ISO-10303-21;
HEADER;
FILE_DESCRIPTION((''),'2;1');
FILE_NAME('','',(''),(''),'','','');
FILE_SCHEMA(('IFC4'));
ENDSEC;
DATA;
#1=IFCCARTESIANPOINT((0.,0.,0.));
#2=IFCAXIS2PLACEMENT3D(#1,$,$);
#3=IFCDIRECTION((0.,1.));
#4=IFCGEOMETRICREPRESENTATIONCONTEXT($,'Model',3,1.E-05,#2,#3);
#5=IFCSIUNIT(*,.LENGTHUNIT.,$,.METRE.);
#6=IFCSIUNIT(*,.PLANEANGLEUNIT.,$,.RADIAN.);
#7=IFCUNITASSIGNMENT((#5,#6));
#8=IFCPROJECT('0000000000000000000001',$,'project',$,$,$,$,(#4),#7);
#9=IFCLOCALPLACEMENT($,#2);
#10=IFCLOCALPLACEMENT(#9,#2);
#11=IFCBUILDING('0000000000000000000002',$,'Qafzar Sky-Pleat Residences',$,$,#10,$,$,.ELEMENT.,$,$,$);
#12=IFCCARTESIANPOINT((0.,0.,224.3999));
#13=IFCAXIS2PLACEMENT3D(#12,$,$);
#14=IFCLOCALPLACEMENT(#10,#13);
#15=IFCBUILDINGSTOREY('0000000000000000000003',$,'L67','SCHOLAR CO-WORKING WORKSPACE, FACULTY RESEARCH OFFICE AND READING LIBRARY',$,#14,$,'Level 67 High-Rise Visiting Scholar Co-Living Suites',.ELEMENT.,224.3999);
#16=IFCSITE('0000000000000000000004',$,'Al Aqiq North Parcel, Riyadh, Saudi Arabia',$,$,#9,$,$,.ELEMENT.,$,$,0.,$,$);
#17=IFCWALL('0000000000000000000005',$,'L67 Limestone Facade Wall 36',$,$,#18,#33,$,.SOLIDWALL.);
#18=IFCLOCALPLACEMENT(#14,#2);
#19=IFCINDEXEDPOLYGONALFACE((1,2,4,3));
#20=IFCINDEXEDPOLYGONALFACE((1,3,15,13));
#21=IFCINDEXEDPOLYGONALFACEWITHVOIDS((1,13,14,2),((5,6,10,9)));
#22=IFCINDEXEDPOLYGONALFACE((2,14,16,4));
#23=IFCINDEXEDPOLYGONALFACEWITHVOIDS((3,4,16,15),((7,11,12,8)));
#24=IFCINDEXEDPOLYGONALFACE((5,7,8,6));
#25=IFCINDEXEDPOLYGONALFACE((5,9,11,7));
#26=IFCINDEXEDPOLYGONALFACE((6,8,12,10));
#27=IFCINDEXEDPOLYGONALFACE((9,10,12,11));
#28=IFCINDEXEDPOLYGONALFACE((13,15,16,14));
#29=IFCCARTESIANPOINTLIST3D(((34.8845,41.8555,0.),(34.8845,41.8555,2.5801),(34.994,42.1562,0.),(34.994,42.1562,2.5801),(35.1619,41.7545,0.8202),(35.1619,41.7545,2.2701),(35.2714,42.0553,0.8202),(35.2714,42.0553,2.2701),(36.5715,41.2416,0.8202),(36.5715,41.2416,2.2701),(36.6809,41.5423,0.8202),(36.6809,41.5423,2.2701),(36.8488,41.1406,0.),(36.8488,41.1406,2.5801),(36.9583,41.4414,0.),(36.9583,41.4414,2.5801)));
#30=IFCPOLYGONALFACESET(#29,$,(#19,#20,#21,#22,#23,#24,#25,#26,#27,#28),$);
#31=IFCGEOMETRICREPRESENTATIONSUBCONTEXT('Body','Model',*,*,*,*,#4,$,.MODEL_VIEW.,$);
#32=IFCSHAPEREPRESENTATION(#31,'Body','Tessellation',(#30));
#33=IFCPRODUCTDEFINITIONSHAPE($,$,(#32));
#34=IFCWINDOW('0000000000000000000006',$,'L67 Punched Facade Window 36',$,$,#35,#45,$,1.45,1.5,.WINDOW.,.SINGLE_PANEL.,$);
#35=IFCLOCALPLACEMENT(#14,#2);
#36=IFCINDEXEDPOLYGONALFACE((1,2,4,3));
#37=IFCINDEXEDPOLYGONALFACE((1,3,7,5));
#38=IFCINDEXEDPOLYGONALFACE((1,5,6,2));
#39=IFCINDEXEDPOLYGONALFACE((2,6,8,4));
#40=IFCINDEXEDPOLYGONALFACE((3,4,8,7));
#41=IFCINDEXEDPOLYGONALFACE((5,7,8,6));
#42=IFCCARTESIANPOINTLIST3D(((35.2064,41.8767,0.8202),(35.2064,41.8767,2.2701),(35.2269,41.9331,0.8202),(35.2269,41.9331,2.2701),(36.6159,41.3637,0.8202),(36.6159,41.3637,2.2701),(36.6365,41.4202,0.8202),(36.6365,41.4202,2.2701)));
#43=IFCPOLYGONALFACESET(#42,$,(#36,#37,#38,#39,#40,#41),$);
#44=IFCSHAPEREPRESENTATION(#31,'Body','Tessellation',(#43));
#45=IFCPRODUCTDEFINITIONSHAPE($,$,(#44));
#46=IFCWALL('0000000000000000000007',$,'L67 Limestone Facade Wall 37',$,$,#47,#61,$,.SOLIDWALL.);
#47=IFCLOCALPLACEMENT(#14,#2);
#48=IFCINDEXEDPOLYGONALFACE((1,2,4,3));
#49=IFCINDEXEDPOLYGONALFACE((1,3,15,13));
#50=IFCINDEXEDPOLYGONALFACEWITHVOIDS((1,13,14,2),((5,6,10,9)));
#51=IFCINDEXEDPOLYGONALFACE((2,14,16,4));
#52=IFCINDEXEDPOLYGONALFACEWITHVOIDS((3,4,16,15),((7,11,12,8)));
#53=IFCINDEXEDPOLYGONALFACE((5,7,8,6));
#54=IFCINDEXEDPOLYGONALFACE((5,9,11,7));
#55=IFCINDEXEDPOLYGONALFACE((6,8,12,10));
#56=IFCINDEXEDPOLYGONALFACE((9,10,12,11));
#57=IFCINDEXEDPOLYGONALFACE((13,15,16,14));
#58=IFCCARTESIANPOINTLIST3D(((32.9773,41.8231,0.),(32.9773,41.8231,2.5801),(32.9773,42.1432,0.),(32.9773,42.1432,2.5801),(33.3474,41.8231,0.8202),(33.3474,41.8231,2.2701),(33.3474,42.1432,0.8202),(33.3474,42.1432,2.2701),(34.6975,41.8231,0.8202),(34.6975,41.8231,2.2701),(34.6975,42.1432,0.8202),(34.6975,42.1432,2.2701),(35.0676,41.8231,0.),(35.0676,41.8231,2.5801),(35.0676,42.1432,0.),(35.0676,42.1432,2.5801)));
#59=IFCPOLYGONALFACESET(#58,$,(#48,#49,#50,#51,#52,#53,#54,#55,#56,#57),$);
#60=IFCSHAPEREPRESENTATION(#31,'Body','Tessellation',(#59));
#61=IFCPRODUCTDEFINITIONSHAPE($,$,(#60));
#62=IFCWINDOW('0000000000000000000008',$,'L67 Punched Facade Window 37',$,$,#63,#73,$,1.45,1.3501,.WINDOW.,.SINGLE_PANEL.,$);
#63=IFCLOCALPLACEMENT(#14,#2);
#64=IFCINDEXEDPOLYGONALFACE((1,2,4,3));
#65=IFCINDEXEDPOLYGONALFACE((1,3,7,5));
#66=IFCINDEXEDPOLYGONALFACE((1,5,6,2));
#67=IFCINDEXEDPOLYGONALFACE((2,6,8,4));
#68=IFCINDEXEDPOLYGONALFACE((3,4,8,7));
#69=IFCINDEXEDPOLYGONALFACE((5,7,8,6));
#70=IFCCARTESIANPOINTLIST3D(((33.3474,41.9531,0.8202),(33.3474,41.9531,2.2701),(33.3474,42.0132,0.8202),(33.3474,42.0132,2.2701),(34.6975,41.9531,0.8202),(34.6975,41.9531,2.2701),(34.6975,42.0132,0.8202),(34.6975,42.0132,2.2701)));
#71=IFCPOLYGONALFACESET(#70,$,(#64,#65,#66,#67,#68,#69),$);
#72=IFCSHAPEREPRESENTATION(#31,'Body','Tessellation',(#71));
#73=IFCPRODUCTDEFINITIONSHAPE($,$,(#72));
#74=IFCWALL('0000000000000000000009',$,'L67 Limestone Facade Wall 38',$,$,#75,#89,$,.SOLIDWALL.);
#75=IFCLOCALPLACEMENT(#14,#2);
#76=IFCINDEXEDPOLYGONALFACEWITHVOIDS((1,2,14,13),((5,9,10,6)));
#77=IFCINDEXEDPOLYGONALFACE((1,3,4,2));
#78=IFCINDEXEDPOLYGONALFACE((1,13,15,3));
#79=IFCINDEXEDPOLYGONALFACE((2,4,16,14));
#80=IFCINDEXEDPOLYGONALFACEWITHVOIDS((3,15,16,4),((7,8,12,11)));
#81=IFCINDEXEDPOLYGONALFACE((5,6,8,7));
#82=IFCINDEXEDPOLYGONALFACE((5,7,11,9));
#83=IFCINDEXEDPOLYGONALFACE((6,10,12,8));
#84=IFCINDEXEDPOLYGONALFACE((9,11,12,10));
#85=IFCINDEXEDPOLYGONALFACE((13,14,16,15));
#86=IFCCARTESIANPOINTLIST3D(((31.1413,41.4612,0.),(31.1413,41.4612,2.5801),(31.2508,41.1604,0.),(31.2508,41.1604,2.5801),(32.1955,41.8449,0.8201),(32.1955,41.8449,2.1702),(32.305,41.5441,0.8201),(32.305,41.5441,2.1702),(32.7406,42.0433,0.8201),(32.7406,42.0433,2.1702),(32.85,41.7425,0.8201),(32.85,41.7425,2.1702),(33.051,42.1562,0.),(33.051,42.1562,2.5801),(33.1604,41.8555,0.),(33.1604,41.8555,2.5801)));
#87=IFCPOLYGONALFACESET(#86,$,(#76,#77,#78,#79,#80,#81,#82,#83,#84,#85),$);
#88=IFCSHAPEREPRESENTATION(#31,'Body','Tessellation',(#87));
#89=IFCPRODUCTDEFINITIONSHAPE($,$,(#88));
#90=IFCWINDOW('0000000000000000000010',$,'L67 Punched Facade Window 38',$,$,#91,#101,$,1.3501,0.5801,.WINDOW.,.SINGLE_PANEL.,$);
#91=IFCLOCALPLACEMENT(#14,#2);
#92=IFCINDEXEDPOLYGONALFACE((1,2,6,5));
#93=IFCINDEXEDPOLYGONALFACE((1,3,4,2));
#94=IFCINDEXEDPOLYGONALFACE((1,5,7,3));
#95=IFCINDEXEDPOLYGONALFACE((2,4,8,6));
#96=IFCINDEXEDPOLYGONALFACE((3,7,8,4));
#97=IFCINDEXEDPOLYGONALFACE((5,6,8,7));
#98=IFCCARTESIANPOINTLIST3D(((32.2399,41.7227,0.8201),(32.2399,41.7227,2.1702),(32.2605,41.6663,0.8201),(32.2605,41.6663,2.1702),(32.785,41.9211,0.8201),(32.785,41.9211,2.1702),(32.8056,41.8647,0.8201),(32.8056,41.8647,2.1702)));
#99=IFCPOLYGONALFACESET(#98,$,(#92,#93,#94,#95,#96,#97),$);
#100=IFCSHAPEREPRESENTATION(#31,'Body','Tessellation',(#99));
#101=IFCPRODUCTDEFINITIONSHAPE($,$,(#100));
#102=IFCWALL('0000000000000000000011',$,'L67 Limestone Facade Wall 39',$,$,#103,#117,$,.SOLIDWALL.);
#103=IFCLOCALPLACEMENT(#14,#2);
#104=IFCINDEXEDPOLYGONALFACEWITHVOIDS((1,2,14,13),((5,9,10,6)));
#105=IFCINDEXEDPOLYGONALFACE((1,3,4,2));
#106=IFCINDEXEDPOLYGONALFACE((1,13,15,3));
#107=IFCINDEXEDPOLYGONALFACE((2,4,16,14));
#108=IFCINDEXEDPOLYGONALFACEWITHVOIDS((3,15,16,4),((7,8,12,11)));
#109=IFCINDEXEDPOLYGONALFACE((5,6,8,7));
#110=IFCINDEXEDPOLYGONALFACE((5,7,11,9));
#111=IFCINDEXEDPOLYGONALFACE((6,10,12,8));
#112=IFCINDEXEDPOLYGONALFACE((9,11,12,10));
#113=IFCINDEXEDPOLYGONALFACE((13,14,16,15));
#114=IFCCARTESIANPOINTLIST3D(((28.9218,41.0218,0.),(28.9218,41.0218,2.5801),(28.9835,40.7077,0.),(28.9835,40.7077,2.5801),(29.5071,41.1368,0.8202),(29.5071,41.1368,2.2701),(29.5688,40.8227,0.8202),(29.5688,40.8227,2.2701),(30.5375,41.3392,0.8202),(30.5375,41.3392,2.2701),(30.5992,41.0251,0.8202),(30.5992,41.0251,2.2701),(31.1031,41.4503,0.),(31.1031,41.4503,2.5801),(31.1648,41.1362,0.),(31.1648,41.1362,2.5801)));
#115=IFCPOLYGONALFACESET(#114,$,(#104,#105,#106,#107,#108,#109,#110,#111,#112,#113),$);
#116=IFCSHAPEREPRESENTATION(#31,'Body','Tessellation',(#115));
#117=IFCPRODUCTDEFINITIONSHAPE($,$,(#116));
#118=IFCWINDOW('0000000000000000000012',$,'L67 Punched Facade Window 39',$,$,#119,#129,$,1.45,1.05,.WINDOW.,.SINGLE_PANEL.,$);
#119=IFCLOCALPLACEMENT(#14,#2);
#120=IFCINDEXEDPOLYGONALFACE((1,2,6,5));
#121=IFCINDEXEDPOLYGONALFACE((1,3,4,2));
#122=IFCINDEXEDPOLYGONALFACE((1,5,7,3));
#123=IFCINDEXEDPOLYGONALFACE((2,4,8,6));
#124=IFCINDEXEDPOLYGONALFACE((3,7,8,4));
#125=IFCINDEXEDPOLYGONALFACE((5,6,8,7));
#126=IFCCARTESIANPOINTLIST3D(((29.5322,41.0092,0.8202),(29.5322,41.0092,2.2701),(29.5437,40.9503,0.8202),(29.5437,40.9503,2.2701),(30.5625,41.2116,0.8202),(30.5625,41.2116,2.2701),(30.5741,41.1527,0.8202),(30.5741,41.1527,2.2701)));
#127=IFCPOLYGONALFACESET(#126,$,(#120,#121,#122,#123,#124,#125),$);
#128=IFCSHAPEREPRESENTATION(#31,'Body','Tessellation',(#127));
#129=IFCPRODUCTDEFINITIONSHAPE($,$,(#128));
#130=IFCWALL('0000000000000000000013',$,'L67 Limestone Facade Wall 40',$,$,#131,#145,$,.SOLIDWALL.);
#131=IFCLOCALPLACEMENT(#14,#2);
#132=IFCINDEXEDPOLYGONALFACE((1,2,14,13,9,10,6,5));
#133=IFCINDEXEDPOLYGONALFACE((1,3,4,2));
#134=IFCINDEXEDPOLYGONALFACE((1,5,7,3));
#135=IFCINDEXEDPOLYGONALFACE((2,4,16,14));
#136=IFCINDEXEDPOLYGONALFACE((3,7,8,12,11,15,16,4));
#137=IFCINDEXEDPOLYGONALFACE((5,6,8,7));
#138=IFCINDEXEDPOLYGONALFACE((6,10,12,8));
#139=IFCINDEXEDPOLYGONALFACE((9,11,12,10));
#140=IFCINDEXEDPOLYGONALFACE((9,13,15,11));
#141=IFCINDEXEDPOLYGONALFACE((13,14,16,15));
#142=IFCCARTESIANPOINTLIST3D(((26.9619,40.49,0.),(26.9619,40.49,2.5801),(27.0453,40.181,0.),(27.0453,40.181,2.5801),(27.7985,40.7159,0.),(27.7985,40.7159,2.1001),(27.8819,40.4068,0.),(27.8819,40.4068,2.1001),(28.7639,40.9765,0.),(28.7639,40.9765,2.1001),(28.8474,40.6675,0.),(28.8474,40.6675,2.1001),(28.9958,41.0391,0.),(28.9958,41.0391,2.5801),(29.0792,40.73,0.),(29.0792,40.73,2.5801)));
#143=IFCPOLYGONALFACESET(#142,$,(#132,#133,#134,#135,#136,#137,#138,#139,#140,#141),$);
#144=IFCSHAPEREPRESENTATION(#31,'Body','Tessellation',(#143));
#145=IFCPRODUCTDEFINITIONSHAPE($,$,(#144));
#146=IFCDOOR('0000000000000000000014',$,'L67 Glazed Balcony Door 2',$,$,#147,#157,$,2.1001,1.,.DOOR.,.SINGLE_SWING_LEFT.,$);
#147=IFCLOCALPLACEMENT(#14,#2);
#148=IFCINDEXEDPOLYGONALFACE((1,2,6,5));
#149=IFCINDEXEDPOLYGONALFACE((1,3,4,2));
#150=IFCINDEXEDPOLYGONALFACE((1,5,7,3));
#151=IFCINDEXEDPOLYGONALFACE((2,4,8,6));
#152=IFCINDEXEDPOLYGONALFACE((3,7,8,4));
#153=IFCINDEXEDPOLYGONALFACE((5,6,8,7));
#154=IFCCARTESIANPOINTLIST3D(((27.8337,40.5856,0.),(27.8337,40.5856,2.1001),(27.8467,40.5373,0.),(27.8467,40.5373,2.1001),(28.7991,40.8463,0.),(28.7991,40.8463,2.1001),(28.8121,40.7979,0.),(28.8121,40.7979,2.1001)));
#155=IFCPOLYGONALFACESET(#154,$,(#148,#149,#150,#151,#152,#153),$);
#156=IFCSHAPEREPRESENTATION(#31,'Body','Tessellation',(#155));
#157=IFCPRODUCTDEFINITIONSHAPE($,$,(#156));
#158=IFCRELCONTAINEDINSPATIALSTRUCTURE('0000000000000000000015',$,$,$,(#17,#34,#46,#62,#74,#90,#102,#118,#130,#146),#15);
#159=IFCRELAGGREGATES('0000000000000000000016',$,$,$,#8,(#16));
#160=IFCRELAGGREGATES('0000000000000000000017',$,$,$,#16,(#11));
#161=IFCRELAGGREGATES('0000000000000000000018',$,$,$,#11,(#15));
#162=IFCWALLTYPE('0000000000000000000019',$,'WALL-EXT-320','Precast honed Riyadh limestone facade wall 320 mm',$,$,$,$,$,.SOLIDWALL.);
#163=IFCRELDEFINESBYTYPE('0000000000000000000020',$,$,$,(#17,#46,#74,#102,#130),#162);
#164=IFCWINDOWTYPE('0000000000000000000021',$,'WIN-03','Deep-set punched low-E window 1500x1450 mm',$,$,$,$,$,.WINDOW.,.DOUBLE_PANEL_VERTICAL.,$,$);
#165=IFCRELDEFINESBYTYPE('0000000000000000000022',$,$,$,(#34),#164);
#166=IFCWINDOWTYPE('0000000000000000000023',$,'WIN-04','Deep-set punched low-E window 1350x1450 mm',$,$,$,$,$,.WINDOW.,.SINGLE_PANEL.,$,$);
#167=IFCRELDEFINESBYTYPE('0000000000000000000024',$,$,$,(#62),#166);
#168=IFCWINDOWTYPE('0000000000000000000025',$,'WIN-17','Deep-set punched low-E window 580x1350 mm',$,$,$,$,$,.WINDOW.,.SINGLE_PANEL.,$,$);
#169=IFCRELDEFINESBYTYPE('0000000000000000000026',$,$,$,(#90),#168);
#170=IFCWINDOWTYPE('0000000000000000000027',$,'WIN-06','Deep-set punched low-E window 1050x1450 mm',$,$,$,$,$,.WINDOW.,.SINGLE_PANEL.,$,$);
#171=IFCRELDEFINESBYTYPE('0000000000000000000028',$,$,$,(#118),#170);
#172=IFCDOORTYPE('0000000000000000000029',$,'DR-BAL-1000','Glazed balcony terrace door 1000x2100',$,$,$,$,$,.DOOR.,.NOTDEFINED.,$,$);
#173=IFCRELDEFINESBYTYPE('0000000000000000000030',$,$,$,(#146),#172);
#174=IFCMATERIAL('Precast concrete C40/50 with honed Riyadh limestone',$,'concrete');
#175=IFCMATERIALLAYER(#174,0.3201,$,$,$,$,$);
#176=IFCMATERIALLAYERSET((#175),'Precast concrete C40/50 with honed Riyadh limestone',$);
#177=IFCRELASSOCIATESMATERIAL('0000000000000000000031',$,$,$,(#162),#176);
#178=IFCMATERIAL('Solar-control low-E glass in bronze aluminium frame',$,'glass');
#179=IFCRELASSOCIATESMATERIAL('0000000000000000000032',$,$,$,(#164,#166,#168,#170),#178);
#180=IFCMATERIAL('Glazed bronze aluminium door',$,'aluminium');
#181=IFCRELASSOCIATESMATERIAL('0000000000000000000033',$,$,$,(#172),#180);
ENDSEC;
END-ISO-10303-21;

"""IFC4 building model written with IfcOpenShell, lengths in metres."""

from ifc_helpers import new_model, si_unit, direction, frame, frame_2d, origin, place, context, subcontext, project, spatial, rectangle, extrude, source, transform, mapped, material, layer, layer_set, type_object, element, fill, save


model = new_model("IFC4")

# Units and contexts
model_context = context("Model", 3, precision=1e-05, world=origin(), true_north=direction((0.0, 1.0)))
body_context = subcontext(model_context, "Body", "Model", "MODEL_VIEW")
ifc_project = project(units=[si_unit("LENGTHUNIT", "METRE"), si_unit("PLANEANGLEUNIT", "RADIAN")], contexts=[model_context])

# Site, building, storey
site_placement = place(None, origin())
site = spatial("IfcSite", under=ifc_project, at=site_placement, Name="Al Aqiq North Parcel, Riyadh, Saudi Arabia", CompositionType="ELEMENT", RefElevation=0.0)
building_placement = place(site_placement, origin())
building = spatial("IfcBuilding", under=site, at=building_placement, Name="Qafzar Sky-Pleat Residences", CompositionType="ELEMENT")
storey_placement = place(building_placement, frame((0.0, 0.0, 224.3999)))
storey = spatial("IfcBuildingStorey", under=building, at=storey_placement, Name="L67", Description="SCHOLAR CO-WORKING WORKSPACE, FACULTY RESEARCH OFFICE AND READING LIBRARY", LongName="Level 67 High-Rise Visiting Scholar Co-Living Suites", CompositionType="ELEMENT", Elevation=224.3999)

# Walls, openings, windows
ifc_material_1 = material(Name="Precast concrete C40/50 with honed Riyadh limestone", Category="concrete")
ifc_layer_1 = layer(ifc_material_1, 0.3201)
ifc_layer_set_1 = layer_set([ifc_layer_1], Name="Precast concrete C40/50 with honed Riyadh limestone")
wall_type_1 = type_object("IfcWallType", Name="WALL-EXT-320", Description="Precast honed Riyadh limestone facade wall 320 mm", PredefinedType="SOLIDWALL", material=ifc_layer_set_1)
wall_1_placement = place(storey_placement, frame((36.9036, 41.291, 0.0), z_axis=(0.0, 0.0, 1.0), x_axis=(-0.939712, 0.341968, 0.0)))
wall_1 = element("IfcWall", 1, at=wall_1_placement, inside=storey, type_object=wall_type_1, Name="L67 Limestone Facade Wall 36", PredefinedType="SOLIDWALL", context=body_context, shape_type="SweptSolid", body=[
    extrude(rectangle(XDim=2.0903, YDim=0.3201, at=frame_2d((1.0452, 0.0))), origin(), (0.0, 0.0, 1.0), 2.5801),
])
opening_1_placement = place(wall_1_placement, frame((0.2952, 0.0, 0.8201)))
opening_1 = element("IfcOpeningElement", 2, at=opening_1_placement, cuts=wall_1, PredefinedType="OPENING", context=body_context, shape_type="SweptSolid", body=[
    extrude(rectangle(XDim=1.5, YDim=1.45, at=frame_2d((0.75, 0.7251))), frame((0.0, 0.1699, 0.0), z_axis=(0.0, -1.0, 0.0), x_axis=(1.0, 0.0, 0.0)), (0.0, 0.0, 1.0), 0.3401),
])
ifc_material_2 = material(Name="Solar-control low-E glass in bronze aluminium frame", Category="glass")
window_type_1 = type_object("IfcWindowType", Name="WIN-03", Description="Deep-set punched low-E window 1500x1450 mm", PartitioningType="DOUBLE_PANEL_VERTICAL", PredefinedType="WINDOW", material=ifc_material_2)
shared_shape_1 = source(origin(), body_context, "Body", "SweptSolid", [
    extrude(rectangle(XDim=1.5, YDim=1.45, at=frame_2d((0.75, 0.7251))), frame((0.0, 0.03, 0.0), z_axis=(0.0, -1.0, 0.0), x_axis=(1.0, 0.0, 0.0)), (0.0, 0.0, 1.0), 0.0601),
])
window_1_placement = place(opening_1_placement, origin())
window_1 = element("IfcWindow", 3, at=window_1_placement, inside=storey, type_object=window_type_1, Name="L67 Punched Facade Window 36", OverallHeight=1.45, OverallWidth=1.5, PartitioningType="SINGLE_PANEL", PredefinedType="WINDOW", context=body_context, shape_type="MappedRepresentation", body=[
    mapped(shared_shape_1, transform((0.0, 0.0, 0.0), x_axis=(1.0, 0.0, 0.0), y_axis=(0.0, 1.0, 0.0), z_axis=(0.0, 0.0, 1.0), scale=1.0)),
])
fill(opening_1, window_1)
wall_2_placement = place(storey_placement, frame((35.0676, 41.9832, 0.0), z_axis=(0.0, 0.0, 1.0), x_axis=(-1.0, 0.0, 0.0)))
wall_2 = element("IfcWall", 4, at=wall_2_placement, inside=storey, type_object=wall_type_1, Name="L67 Limestone Facade Wall 37", PredefinedType="SOLIDWALL", context=body_context, shape_type="SweptSolid", body=[
    extrude(rectangle(XDim=2.0903, YDim=0.3201, at=frame_2d((1.0452, 0.0))), origin(), (0.0, 0.0, 1.0), 2.5801),
])
opening_2_placement = place(wall_2_placement, frame((0.3701, 0.0, 0.8201)))
opening_2 = element("IfcOpeningElement", 5, at=opening_2_placement, cuts=wall_2, PredefinedType="OPENING", context=body_context, shape_type="SweptSolid", body=[
    extrude(rectangle(XDim=1.3501, YDim=1.45, at=frame_2d((0.675, 0.7251))), frame((0.0, 0.1699, 0.0), z_axis=(0.0, -1.0, 0.0), x_axis=(1.0, 0.0, 0.0)), (0.0, 0.0, 1.0), 0.3401),
])
window_type_2 = type_object("IfcWindowType", Name="WIN-04", Description="Deep-set punched low-E window 1350x1450 mm", PartitioningType="SINGLE_PANEL", PredefinedType="WINDOW", material=ifc_material_2)
shared_shape_2 = source(origin(), body_context, "Body", "SweptSolid", [
    extrude(rectangle(XDim=1.3501, YDim=1.45, at=frame_2d((0.675, 0.7251))), frame((0.0, 0.03, 0.0), z_axis=(0.0, -1.0, 0.0), x_axis=(1.0, 0.0, 0.0)), (0.0, 0.0, 1.0), 0.0601),
])
window_2_placement = place(opening_2_placement, origin())
window_2 = element("IfcWindow", 6, at=window_2_placement, inside=storey, type_object=window_type_2, Name="L67 Punched Facade Window 37", OverallHeight=1.45, OverallWidth=1.3501, PartitioningType="SINGLE_PANEL", PredefinedType="WINDOW", context=body_context, shape_type="MappedRepresentation", body=[
    mapped(shared_shape_2, transform((0.0, 0.0, 0.0), x_axis=(1.0, 0.0, 0.0), y_axis=(0.0, 1.0, 0.0), z_axis=(0.0, 0.0, 1.0), scale=1.0)),
])
fill(opening_2, window_2)
wall_3_placement = place(storey_placement, frame((33.1057, 42.0059, 0.0), z_axis=(0.0, 0.0, 1.0), x_axis=(-0.939692, -0.342023, 0.0)))
wall_3 = element("IfcWall", 7, at=wall_3_placement, inside=storey, type_object=wall_type_1, Name="L67 Limestone Facade Wall 38", PredefinedType="SOLIDWALL", context=body_context, shape_type="SweptSolid", body=[
    extrude(rectangle(XDim=2.0322, YDim=0.3201, at=frame_2d((1.0161, 0.0))), origin(), (0.0, 0.0, 1.0), 2.5801),
])
opening_3_placement = place(wall_3_placement, frame((0.3303, 0.0, 0.8201)))
opening_3 = element("IfcOpeningElement", 8, at=opening_3_placement, cuts=wall_3, PredefinedType="OPENING", context=body_context, shape_type="SweptSolid", body=[
    extrude(rectangle(XDim=0.5801, YDim=1.3501, at=frame_2d((0.29, 0.675))), frame((0.0, 0.1699, 0.0), z_axis=(0.0, -1.0, 0.0), x_axis=(1.0, 0.0, 0.0)), (0.0, 0.0, 1.0), 0.3401),
])
window_type_3 = type_object("IfcWindowType", Name="WIN-17", Description="Deep-set punched low-E window 580x1350 mm", PartitioningType="SINGLE_PANEL", PredefinedType="WINDOW", material=ifc_material_2)
shared_shape_3 = source(origin(), body_context, "Body", "SweptSolid", [
    extrude(rectangle(XDim=0.5801, YDim=1.3501, at=frame_2d((0.29, 0.675))), frame((0.0, 0.03, 0.0), z_axis=(0.0, -1.0, 0.0), x_axis=(1.0, 0.0, 0.0)), (0.0, 0.0, 1.0), 0.0601),
])
window_3_placement = place(opening_3_placement, origin())
window_3 = element("IfcWindow", 9, at=window_3_placement, inside=storey, type_object=window_type_3, Name="L67 Punched Facade Window 38", OverallHeight=1.3501, OverallWidth=0.5801, PartitioningType="SINGLE_PANEL", PredefinedType="WINDOW", context=body_context, shape_type="MappedRepresentation", body=[
    mapped(shared_shape_3, transform((0.0, 0.0, 0.0), x_axis=(1.0, 0.0, 0.0), y_axis=(0.0, 1.0, 0.0), z_axis=(0.0, 0.0, 1.0), scale=1.0)),
])
fill(opening_3, window_3)
wall_4_placement = place(storey_placement, frame((31.1338, 41.2932, 0.0), z_axis=(0.0, 0.0, 1.0), x_axis=(-0.981247, -0.192757, 0.0)))
wall_4 = element("IfcWall", 10, at=wall_4_placement, inside=storey, type_object=wall_type_1, Name="L67 Limestone Facade Wall 39", PredefinedType="SOLIDWALL", context=body_context, shape_type="SweptSolid", body=[
    extrude(rectangle(XDim=2.2229, YDim=0.3201, at=frame_2d((1.1113, 0.0))), origin(), (0.0, 0.0, 1.0), 2.5801),
])
opening_4_placement = place(wall_4_placement, frame((0.5764, 0.0, 0.8201)))
opening_4 = element("IfcOpeningElement", 11, at=opening_4_placement, cuts=wall_4, PredefinedType="OPENING", context=body_context, shape_type="SweptSolid", body=[
    extrude(rectangle(XDim=1.05, YDim=1.45, at=frame_2d((0.5249, 0.7251))), frame((0.0, 0.1699, 0.0), z_axis=(0.0, -1.0, 0.0), x_axis=(1.0, 0.0, 0.0)), (0.0, 0.0, 1.0), 0.3401),
])
window_type_4 = type_object("IfcWindowType", Name="WIN-06", Description="Deep-set punched low-E window 1050x1450 mm", PartitioningType="SINGLE_PANEL", PredefinedType="WINDOW", material=ifc_material_2)
shared_shape_4 = source(origin(), body_context, "Body", "SweptSolid", [
    extrude(rectangle(XDim=1.05, YDim=1.45, at=frame_2d((0.5249, 0.7251))), frame((0.0, 0.03, 0.0), z_axis=(0.0, -1.0, 0.0), x_axis=(1.0, 0.0, 0.0)), (0.0, 0.0, 1.0), 0.0601),
])
window_4_placement = place(opening_4_placement, origin())
window_4 = element("IfcWindow", 12, at=window_4_placement, inside=storey, type_object=window_type_4, Name="L67 Punched Facade Window 39", OverallHeight=1.45, OverallWidth=1.05, PartitioningType="SINGLE_PANEL", PredefinedType="WINDOW", context=body_context, shape_type="MappedRepresentation", body=[
    mapped(shared_shape_4, transform((0.0, 0.0, 0.0), x_axis=(1.0, 0.0, 0.0), y_axis=(0.0, 1.0, 0.0), z_axis=(0.0, 0.0, 1.0), scale=1.0)),
])
fill(opening_4, window_4)

# Wall, opening, door
wall_5_placement = place(storey_placement, frame((29.0374, 40.8845, 0.0), z_axis=(0.0, 0.0, 1.0), x_axis=(-0.96544, -0.260626, 0.0)))
wall_5 = element("IfcWall", 13, at=wall_5_placement, inside=storey, type_object=wall_type_1, Name="L67 Limestone Facade Wall 40", PredefinedType="SOLIDWALL", context=body_context, shape_type="SweptSolid", body=[
    extrude(rectangle(XDim=2.1067, YDim=0.3201, at=frame_2d((1.0532, 0.0))), origin(), (0.0, 0.0, 1.0), 2.5801),
])
opening_5_placement = place(wall_5_placement, frame((0.24, 0.0, 0.0)))
opening_5 = element("IfcOpeningElement", 14, at=opening_5_placement, cuts=wall_5, PredefinedType="OPENING", context=body_context, shape_type="SweptSolid", body=[
    extrude(rectangle(XDim=1.0, YDim=2.1001, at=frame_2d((0.5, 1.05))), frame((0.0, 0.1699, 0.0), z_axis=(0.0, -1.0, 0.0), x_axis=(1.0, 0.0, 0.0)), (0.0, 0.0, 1.0), 0.3401),
])
ifc_material_3 = material(Name="Glazed bronze aluminium door", Category="aluminium")
door_type_1 = type_object("IfcDoorType", Name="DR-BAL-1000", Description="Glazed balcony terrace door 1000x2100", OperationType="NOTDEFINED", PredefinedType="DOOR", material=ifc_material_3)
shared_shape_5 = source(origin(), body_context, "Body", "SweptSolid", [
    extrude(rectangle(XDim=1.0, YDim=2.1001, at=frame_2d((0.5, 1.05))), frame((0.0, 0.0249, 0.0), z_axis=(0.0, -1.0, 0.0), x_axis=(1.0, 0.0, 0.0)), (0.0, 0.0, 1.0), 0.05),
])
door_1_placement = place(opening_5_placement, origin())
door_1 = element("IfcDoor", 15, at=door_1_placement, inside=storey, type_object=door_type_1, Name="L67 Glazed Balcony Door 2", OperationType="SINGLE_SWING_LEFT", OverallHeight=2.1001, OverallWidth=1.0, PredefinedType="DOOR", context=body_context, shape_type="MappedRepresentation", body=[
    mapped(shared_shape_5, transform((0.0, 0.0, 0.0), x_axis=(1.0, 0.0, 0.0), y_axis=(0.0, 1.0, 0.0), z_axis=(0.0, 0.0, 1.0), scale=1.0)),
])
fill(opening_5, door_1)

save(model, "model.ifc")
